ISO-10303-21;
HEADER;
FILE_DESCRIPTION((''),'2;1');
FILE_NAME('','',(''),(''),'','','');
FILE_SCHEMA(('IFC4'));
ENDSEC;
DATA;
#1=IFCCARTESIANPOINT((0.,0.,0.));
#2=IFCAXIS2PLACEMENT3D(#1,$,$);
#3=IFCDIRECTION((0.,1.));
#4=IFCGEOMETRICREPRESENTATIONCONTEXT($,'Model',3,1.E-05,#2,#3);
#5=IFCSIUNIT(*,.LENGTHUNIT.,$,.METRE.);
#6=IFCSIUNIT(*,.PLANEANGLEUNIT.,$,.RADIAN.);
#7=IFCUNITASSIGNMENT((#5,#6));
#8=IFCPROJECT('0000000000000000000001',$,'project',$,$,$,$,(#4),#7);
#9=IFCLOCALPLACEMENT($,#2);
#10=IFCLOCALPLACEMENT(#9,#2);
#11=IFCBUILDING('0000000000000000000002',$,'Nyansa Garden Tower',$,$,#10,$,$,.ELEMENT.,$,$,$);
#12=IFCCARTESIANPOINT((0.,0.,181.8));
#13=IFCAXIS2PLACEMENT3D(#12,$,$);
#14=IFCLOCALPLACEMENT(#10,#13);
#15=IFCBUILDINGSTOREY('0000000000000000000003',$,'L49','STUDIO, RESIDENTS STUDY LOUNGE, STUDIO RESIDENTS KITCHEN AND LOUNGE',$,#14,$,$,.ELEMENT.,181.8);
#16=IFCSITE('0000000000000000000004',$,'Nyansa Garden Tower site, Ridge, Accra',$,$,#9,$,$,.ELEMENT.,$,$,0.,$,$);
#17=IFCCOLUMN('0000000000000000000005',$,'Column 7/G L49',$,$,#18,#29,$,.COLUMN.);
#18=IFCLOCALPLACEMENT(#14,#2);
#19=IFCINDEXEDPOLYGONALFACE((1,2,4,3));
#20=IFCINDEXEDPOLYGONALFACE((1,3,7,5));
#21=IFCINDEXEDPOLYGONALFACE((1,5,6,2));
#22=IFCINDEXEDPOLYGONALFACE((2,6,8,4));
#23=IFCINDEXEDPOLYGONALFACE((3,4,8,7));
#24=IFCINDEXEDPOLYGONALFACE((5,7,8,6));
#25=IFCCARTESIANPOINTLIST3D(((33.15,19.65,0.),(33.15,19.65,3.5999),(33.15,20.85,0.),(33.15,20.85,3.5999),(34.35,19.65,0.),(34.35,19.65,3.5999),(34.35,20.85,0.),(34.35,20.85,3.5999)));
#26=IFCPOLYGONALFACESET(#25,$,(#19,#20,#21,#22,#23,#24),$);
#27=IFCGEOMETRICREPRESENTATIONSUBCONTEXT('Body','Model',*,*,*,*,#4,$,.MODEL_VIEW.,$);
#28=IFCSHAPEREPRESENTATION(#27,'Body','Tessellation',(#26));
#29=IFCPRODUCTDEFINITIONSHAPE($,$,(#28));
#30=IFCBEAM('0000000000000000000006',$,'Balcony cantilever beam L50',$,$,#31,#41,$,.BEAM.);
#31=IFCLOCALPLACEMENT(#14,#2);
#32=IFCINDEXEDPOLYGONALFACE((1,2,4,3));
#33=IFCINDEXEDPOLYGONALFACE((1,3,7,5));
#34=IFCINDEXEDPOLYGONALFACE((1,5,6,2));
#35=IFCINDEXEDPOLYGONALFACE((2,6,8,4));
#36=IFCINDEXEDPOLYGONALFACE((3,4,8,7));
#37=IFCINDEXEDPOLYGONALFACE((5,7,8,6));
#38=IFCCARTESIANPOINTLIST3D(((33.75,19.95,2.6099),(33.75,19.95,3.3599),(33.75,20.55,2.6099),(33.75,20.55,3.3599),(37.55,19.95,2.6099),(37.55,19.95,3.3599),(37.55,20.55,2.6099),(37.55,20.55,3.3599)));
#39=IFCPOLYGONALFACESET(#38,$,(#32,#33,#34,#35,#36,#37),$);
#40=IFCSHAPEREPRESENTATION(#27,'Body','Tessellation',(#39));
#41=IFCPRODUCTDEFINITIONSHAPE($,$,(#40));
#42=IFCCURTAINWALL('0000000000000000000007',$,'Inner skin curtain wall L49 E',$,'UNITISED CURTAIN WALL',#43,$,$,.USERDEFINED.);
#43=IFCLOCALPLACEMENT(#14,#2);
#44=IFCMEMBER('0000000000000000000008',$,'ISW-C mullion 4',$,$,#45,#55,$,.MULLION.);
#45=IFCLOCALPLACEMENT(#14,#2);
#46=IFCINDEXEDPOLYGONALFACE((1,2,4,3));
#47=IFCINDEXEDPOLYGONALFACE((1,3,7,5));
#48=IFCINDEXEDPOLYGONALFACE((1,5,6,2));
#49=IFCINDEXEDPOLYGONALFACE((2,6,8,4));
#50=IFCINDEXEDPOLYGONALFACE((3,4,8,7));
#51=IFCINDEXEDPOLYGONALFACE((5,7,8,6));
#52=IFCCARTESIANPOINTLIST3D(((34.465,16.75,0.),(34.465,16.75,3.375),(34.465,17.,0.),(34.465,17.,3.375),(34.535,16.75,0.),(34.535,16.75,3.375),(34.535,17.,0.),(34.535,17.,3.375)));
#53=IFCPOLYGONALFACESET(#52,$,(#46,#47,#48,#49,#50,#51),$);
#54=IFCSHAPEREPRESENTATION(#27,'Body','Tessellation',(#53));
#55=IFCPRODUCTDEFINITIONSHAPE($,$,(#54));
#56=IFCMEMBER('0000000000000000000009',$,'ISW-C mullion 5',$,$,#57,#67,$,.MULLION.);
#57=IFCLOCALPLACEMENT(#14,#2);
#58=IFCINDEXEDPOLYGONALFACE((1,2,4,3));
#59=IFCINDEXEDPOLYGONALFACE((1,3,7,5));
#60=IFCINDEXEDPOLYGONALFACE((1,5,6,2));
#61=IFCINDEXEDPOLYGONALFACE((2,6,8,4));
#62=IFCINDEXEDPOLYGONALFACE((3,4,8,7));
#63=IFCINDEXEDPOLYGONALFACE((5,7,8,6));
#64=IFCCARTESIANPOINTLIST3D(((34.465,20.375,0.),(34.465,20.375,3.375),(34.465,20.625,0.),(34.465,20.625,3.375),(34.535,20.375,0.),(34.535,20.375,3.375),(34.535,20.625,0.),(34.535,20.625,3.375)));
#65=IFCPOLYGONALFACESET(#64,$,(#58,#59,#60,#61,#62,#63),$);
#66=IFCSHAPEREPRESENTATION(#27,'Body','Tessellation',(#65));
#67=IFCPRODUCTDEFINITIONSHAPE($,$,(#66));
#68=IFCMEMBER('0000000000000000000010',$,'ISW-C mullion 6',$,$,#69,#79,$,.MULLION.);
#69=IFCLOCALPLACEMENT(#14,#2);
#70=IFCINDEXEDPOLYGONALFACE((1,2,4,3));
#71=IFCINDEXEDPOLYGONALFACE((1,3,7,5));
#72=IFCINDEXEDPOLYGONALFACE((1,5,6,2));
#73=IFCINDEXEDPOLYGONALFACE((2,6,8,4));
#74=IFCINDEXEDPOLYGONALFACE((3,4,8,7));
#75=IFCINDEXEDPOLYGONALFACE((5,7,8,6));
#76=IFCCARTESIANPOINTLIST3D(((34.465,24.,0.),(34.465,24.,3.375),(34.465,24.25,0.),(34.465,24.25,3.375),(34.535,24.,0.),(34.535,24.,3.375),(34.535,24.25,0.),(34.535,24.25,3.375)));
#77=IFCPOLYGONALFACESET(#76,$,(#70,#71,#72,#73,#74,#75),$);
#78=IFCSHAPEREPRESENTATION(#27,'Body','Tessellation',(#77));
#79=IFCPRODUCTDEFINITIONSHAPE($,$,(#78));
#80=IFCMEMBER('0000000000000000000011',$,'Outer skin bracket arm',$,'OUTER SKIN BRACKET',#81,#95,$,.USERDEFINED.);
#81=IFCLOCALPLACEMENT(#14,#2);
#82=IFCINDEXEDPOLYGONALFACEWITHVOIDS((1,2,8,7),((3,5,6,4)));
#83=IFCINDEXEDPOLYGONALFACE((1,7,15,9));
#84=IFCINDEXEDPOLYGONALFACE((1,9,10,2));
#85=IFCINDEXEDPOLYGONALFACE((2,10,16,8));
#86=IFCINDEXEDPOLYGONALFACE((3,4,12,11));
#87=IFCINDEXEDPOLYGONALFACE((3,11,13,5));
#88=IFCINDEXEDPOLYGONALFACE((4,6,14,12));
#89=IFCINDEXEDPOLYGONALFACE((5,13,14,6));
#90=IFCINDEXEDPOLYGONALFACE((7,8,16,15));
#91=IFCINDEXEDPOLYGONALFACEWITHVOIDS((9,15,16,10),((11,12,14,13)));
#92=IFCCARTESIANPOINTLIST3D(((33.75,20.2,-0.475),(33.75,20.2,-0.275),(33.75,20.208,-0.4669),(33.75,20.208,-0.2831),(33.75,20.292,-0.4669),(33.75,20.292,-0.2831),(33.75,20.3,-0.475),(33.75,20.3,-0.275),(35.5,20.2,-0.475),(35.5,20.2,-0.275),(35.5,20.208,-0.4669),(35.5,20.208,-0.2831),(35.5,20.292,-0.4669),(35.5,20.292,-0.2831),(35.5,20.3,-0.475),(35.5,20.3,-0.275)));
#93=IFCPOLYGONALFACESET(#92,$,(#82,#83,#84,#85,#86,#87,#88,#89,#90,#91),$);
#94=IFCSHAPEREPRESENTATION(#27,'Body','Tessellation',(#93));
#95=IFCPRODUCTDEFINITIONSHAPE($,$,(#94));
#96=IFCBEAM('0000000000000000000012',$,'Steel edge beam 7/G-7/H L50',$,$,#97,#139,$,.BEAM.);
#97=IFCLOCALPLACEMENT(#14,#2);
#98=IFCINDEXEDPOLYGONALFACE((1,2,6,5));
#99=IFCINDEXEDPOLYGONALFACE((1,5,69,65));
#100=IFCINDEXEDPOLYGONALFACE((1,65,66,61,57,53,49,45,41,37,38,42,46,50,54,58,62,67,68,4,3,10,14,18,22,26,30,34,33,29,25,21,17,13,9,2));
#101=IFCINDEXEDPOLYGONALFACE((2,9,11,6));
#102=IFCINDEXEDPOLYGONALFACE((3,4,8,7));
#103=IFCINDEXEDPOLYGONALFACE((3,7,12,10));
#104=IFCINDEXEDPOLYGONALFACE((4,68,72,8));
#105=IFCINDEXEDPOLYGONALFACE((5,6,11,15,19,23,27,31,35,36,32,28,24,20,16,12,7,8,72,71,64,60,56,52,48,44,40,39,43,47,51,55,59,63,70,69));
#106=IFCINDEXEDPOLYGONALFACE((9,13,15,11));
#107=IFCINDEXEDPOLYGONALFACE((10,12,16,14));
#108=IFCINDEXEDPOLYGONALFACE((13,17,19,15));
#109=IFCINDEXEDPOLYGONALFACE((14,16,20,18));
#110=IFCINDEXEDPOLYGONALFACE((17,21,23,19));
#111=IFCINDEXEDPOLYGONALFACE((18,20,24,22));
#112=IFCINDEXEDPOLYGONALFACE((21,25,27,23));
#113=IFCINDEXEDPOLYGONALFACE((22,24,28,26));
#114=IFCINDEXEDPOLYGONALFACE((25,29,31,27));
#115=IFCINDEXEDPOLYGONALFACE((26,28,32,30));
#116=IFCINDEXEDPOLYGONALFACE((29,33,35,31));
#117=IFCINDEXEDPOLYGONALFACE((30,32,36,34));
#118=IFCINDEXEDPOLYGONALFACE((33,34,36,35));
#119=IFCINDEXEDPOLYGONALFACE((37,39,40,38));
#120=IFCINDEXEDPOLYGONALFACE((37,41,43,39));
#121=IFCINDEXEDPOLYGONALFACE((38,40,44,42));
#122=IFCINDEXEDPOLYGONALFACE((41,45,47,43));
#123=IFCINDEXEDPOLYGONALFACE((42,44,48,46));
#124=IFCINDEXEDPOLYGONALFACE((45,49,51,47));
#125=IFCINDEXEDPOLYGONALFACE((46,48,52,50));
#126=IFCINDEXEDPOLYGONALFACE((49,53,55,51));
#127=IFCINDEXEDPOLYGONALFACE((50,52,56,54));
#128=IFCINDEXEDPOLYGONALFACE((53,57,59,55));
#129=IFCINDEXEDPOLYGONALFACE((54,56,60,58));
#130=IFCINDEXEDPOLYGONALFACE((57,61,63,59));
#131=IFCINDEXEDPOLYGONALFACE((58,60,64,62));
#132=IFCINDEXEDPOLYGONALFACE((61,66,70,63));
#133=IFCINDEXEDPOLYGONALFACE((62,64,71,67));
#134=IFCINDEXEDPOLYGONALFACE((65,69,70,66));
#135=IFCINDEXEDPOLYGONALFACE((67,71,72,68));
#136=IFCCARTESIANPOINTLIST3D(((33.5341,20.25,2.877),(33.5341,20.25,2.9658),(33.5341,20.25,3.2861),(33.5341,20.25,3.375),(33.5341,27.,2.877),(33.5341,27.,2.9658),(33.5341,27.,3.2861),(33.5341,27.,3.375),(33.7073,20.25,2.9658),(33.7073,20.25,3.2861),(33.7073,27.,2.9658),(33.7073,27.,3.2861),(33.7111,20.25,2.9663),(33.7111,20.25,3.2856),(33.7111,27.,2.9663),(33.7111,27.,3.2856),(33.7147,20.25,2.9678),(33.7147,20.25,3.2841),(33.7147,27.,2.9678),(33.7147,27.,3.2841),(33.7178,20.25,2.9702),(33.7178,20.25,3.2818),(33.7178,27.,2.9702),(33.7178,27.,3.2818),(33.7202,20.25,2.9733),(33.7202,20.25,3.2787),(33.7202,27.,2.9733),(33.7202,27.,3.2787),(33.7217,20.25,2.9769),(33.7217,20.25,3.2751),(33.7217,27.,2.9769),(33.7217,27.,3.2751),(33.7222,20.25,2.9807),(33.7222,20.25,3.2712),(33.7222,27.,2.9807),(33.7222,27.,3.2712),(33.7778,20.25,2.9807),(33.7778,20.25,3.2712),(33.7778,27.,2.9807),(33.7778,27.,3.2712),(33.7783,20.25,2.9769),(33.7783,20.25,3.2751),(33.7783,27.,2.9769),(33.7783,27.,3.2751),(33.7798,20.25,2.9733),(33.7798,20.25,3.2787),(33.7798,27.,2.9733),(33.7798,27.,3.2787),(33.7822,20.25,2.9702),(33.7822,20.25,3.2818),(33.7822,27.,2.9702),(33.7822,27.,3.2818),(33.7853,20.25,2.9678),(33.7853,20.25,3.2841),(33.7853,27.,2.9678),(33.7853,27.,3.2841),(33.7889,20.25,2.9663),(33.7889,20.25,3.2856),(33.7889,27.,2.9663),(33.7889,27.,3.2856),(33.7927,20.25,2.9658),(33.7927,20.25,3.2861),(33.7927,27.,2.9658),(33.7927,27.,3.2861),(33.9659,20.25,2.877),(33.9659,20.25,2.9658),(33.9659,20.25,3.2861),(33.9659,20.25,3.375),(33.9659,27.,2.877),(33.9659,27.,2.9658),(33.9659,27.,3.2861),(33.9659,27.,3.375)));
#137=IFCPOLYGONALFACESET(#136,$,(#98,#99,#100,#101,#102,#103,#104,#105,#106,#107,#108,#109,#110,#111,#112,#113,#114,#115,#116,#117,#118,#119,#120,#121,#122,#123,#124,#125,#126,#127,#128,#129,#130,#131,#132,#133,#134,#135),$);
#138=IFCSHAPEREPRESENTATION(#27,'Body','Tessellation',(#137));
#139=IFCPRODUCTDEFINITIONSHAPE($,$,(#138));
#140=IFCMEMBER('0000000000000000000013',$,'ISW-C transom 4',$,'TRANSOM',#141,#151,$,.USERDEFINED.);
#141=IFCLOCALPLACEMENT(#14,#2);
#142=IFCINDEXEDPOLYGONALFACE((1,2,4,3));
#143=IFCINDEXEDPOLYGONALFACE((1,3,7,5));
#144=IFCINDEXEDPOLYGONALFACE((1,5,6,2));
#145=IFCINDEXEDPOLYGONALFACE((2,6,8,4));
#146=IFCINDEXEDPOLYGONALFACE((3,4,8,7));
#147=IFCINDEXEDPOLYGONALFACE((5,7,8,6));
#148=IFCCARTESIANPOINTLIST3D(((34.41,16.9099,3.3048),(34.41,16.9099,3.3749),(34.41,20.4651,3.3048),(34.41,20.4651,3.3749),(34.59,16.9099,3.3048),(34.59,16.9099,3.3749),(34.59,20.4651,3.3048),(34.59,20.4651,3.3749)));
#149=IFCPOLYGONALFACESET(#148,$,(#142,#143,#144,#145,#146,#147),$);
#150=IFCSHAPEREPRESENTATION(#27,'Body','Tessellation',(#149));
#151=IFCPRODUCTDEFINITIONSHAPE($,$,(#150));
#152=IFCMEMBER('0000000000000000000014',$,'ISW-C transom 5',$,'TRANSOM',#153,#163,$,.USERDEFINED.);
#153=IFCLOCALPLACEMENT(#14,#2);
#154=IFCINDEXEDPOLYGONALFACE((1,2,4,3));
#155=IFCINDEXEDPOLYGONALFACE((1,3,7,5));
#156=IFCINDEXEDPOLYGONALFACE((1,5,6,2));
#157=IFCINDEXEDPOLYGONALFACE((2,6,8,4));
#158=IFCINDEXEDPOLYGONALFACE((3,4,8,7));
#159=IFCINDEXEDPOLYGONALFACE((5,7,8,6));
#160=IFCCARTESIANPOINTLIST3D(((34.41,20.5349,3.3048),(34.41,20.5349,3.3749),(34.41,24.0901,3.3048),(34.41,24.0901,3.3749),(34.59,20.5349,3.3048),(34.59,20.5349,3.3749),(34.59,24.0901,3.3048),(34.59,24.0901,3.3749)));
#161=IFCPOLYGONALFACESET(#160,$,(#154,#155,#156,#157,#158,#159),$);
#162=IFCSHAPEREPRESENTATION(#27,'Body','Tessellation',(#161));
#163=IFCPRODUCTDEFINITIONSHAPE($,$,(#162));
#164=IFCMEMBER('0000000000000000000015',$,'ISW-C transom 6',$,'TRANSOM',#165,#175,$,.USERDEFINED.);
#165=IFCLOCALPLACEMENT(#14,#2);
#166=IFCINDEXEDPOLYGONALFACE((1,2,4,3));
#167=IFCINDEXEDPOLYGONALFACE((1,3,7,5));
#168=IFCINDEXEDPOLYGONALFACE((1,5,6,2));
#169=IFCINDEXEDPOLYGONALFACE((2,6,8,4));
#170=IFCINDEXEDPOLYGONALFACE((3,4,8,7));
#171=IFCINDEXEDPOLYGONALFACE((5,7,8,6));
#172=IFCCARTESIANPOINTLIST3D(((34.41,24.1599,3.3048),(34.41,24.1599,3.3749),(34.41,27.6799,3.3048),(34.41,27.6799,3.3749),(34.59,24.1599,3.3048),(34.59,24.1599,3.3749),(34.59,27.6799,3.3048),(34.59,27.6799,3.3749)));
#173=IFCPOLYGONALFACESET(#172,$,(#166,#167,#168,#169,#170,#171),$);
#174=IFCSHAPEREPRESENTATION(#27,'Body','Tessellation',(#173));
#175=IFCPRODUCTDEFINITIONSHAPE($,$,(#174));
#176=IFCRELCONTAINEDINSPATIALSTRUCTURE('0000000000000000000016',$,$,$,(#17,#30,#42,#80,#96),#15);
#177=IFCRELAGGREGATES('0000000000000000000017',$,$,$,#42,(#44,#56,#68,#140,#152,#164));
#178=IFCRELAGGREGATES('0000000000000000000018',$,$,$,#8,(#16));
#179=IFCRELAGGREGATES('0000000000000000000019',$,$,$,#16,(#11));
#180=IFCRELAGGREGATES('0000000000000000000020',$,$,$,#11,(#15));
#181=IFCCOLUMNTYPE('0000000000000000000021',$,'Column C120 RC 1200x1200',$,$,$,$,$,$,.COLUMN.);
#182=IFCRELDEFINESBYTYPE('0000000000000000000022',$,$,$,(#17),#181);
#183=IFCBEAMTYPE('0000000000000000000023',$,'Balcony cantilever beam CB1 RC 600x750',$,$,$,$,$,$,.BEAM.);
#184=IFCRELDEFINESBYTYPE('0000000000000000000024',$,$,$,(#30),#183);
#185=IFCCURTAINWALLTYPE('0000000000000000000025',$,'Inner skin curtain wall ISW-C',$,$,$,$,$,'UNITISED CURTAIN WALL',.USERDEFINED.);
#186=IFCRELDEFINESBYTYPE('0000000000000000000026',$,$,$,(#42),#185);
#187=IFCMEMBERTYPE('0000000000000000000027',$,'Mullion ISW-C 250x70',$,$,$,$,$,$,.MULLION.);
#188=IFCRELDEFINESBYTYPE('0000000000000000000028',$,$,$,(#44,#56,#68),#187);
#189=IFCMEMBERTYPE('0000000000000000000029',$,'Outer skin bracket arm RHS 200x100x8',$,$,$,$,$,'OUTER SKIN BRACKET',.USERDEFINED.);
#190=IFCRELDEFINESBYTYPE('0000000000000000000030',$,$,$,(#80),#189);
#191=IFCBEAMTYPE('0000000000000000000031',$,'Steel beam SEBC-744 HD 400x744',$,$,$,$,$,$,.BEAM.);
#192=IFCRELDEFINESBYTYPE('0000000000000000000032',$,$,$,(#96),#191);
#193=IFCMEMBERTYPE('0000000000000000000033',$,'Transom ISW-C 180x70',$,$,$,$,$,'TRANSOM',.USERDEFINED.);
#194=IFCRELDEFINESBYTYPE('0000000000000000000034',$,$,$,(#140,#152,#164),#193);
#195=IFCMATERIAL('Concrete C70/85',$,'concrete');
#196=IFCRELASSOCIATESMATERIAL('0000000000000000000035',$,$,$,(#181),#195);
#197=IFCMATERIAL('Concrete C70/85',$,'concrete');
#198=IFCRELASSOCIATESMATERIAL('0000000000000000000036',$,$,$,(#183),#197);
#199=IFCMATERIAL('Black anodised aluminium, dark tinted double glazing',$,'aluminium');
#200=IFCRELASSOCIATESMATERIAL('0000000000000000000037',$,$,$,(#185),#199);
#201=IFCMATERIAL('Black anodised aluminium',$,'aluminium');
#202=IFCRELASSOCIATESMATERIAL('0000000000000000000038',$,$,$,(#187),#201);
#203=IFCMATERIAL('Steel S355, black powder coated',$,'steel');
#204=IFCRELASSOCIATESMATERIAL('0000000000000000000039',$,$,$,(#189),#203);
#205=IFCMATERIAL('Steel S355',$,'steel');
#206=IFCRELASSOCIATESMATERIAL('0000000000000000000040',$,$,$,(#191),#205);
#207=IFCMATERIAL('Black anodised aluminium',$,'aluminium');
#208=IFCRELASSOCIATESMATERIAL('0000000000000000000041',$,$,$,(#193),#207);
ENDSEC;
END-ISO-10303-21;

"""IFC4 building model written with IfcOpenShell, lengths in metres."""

from ifc_helpers import new_model, si_unit, direction, frame, origin, origin_2d, place, context, subcontext, project, spatial, rectangle, hollow_rectangle, i_section, extrude, material, material_profile, profile_set, type_object, element, aggregate, save


model = new_model("IFC4")

# Units and contexts
model_context = context("Model", 3, precision=1e-05, world=origin(), true_north=direction((0.0, 1.0)))
body_context = subcontext(model_context, "Body", "Model", "MODEL_VIEW")
ifc_project = project(units=[si_unit("LENGTHUNIT", "METRE"), si_unit("PLANEANGLEUNIT", "RADIAN")], contexts=[model_context])

# Site, building, storey
site_placement = place(None, origin())
site = spatial("IfcSite", under=ifc_project, at=site_placement, Name="Nyansa Garden Tower site, Ridge, Accra", CompositionType="ELEMENT", RefElevation=0.0)
building_placement = place(site_placement, origin())
building = spatial("IfcBuilding", under=site, at=building_placement, Name="Nyansa Garden Tower", CompositionType="ELEMENT")
storey_placement = place(building_placement, frame((0.0, 0.0, 181.8)))
storey = spatial("IfcBuildingStorey", under=building, at=storey_placement, Name="L49", Description="STUDIO, RESIDENTS STUDY LOUNGE, STUDIO RESIDENTS KITCHEN AND LOUNGE", CompositionType="ELEMENT", Elevation=181.8)

# Column
ifc_material_1 = material(Name="Concrete C70/85", Category="concrete")
ifc_material_profile_1 = material_profile(ifc_material_1, rectangle(XDim=1.2, YDim=1.2, at=origin_2d()), Name="RC 1200x1200")
ifc_profile_set_1 = profile_set([ifc_material_profile_1], Name="Concrete C70/85")
column_type = type_object("IfcColumnType", Name="Column C120 RC 1200x1200", PredefinedType="COLUMN", material=ifc_profile_set_1)
column_placement = place(storey_placement, frame((33.75, 20.25, 0.0), z_axis=(0.0, 0.0, 1.0), x_axis=(1.0, 0.0, 0.0)))
element("IfcColumn", 1, at=column_placement, inside=storey, type_object=column_type, Name="Column 7/G L49", PredefinedType="COLUMN", context=body_context, shape_type="SweptSolid", body=[
    extrude(rectangle(XDim=1.2, YDim=1.2, at=origin_2d()), origin(), (0.0, 0.0, 1.0), 3.5999),
])

# Beam
ifc_material_2 = material(Name="Concrete C70/85", Category="concrete")
ifc_material_profile_2 = material_profile(ifc_material_2, rectangle(XDim=0.6001, YDim=0.75, at=origin_2d()), Name="RC 600x750")
ifc_profile_set_2 = profile_set([ifc_material_profile_2], Name="Concrete C70/85")
beam_type_1 = type_object("IfcBeamType", Name="Balcony cantilever beam CB1 RC 600x750", PredefinedType="BEAM", material=ifc_profile_set_2)
beam_1_placement = place(storey_placement, frame((33.75, 20.25, 2.9849), z_axis=(1.0, 0.0, 0.0), x_axis=(0.0, 1.0, 0.0)))
element("IfcBeam", 2, at=beam_1_placement, inside=storey, type_object=beam_type_1, Name="Balcony cantilever beam L50", PredefinedType="BEAM", context=body_context, shape_type="SweptSolid", body=[
    extrude(rectangle(XDim=0.6001, YDim=0.75, at=origin_2d()), origin(), (0.0, 0.0, 1.0), 3.8),
])

# Curtain wall, members
ifc_material_3 = material(Name="Black anodised aluminium, dark tinted double glazing", Category="aluminium")
curtain_wall_type = type_object("IfcCurtainWallType", Name="Inner skin curtain wall ISW-C", ElementType="UNITISED CURTAIN WALL", PredefinedType="USERDEFINED", material=ifc_material_3)
curtain_wall_placement = place(storey_placement, origin())
curtain_wall = element("IfcCurtainWall", 3, at=curtain_wall_placement, inside=storey, type_object=curtain_wall_type, Name="Inner skin curtain wall L49 E", ObjectType="UNITISED CURTAIN WALL", PredefinedType="USERDEFINED")
ifc_material_4 = material(Name="Black anodised aluminium", Category="aluminium")
ifc_material_profile_3 = material_profile(ifc_material_4, rectangle(XDim=0.0701, YDim=0.25, at=origin_2d()), Name="Mullion 250x70")
ifc_profile_set_3 = profile_set([ifc_material_profile_3], Name="Black anodised aluminium")
member_type_1 = type_object("IfcMemberType", Name="Mullion ISW-C 250x70", PredefinedType="MULLION", material=ifc_profile_set_3)
member_1_placement = place(storey_placement, frame((34.5, 16.875, 0.0), z_axis=(0.0, 0.0, 1.0), x_axis=(-1.0, 0.0, 0.0)))
member_1 = element("IfcMember", 4, at=member_1_placement, type_object=member_type_1, Name="ISW-C mullion 4", PredefinedType="MULLION", context=body_context, shape_type="SweptSolid", body=[
    extrude(rectangle(XDim=0.0701, YDim=0.25, at=origin_2d()), origin(), (0.0, 0.0, 1.0), 3.375),
])
member_2_placement = place(storey_placement, frame((34.5, 20.5, 0.0), z_axis=(0.0, 0.0, 1.0), x_axis=(-1.0, 0.0, 0.0)))
member_2 = element("IfcMember", 5, at=member_2_placement, type_object=member_type_1, Name="ISW-C mullion 5", PredefinedType="MULLION", context=body_context, shape_type="SweptSolid", body=[
    extrude(rectangle(XDim=0.0701, YDim=0.25, at=origin_2d()), origin(), (0.0, 0.0, 1.0), 3.375),
])
member_3_placement = place(storey_placement, frame((34.5, 24.125, 0.0), z_axis=(0.0, 0.0, 1.0), x_axis=(-1.0, 0.0, 0.0)))
member_3 = element("IfcMember", 6, at=member_3_placement, type_object=member_type_1, Name="ISW-C mullion 6", PredefinedType="MULLION", context=body_context, shape_type="SweptSolid", body=[
    extrude(rectangle(XDim=0.0701, YDim=0.25, at=origin_2d()), origin(), (0.0, 0.0, 1.0), 3.375),
])

# Member
ifc_material_5 = material(Name="Steel S355, black powder coated", Category="steel")
ifc_material_profile_4 = material_profile(ifc_material_5, hollow_rectangle(XDim=0.1001, YDim=0.2, WallThickness=0.0081, at=origin_2d()), Name="RHS 200x100x8")
ifc_profile_set_4 = profile_set([ifc_material_profile_4], Name="Steel S355, black powder coated")
member_type_2 = type_object("IfcMemberType", Name="Outer skin bracket arm RHS 200x100x8", ElementType="OUTER SKIN BRACKET", PredefinedType="USERDEFINED", material=ifc_profile_set_4)
member_4_placement = place(storey_placement, frame((33.75, 20.25, -0.375), z_axis=(1.0, 0.0, 0.0), x_axis=(0.0, 1.0, 0.0)))
element("IfcMember", 7, at=member_4_placement, inside=storey, type_object=member_type_2, Name="Outer skin bracket arm", ObjectType="OUTER SKIN BRACKET", PredefinedType="USERDEFINED", context=body_context, shape_type="SweptSolid", body=[
    extrude(hollow_rectangle(XDim=0.1001, YDim=0.2, WallThickness=0.0081, at=origin_2d()), origin(), (0.0, 0.0, 1.0), 1.75),
])

# Beam
ifc_material_6 = material(Name="Steel S355", Category="steel")
ifc_material_profile_5 = material_profile(ifc_material_6, i_section(OverallWidth=0.4319, OverallDepth=0.498, WebThickness=0.0557, FlangeThickness=0.0889, FilletRadius=0.0149, at=origin_2d()), Name="HD 400x744")
ifc_profile_set_5 = profile_set([ifc_material_profile_5], Name="Steel S355")
beam_type_2 = type_object("IfcBeamType", Name="Steel beam SEBC-744 HD 400x744", PredefinedType="BEAM", material=ifc_profile_set_5)
beam_2_placement = place(storey_placement, frame((33.75, 20.25, 3.126), z_axis=(0.0, 1.0, 0.0), x_axis=(-1.0, 0.0, 0.0)))
element("IfcBeam", 8, at=beam_2_placement, inside=storey, type_object=beam_type_2, Name="Steel edge beam 7/G-7/H L50", PredefinedType="BEAM", context=body_context, shape_type="SweptSolid", body=[
    extrude(i_section(OverallWidth=0.4319, OverallDepth=0.498, WebThickness=0.0557, FlangeThickness=0.0889, FilletRadius=0.0149, at=origin_2d()), origin(), (0.0, 0.0, 1.0), 6.75),
])

# Members
ifc_material_7 = material(Name="Black anodised aluminium", Category="aluminium")
ifc_material_profile_6 = material_profile(ifc_material_7, rectangle(XDim=0.1799, YDim=0.0701, at=origin_2d()), Name="Transom 180x70")
ifc_profile_set_6 = profile_set([ifc_material_profile_6], Name="Black anodised aluminium")
member_type_3 = type_object("IfcMemberType", Name="Transom ISW-C 180x70", ElementType="TRANSOM", PredefinedType="USERDEFINED", material=ifc_profile_set_6)
member_5_placement = place(storey_placement, frame((34.5, 16.9099, 3.3398), z_axis=(0.0, 1.0, 0.0), x_axis=(-1.0, 0.0, 0.0)))
member_5 = element("IfcMember", 9, at=member_5_placement, type_object=member_type_3, Name="ISW-C transom 4", ObjectType="TRANSOM", PredefinedType="USERDEFINED", context=body_context, shape_type="SweptSolid", body=[
    extrude(rectangle(XDim=0.1799, YDim=0.0701, at=origin_2d()), origin(), (0.0, 0.0, 1.0), 3.5552),
])
member_6_placement = place(storey_placement, frame((34.5, 20.5349, 3.3398), z_axis=(0.0, 1.0, 0.0), x_axis=(-1.0, 0.0, 0.0)))
member_6 = element("IfcMember", 10, at=member_6_placement, type_object=member_type_3, Name="ISW-C transom 5", ObjectType="TRANSOM", PredefinedType="USERDEFINED", context=body_context, shape_type="SweptSolid", body=[
    extrude(rectangle(XDim=0.1799, YDim=0.0701, at=origin_2d()), origin(), (0.0, 0.0, 1.0), 3.5552),
])
member_7_placement = place(storey_placement, frame((34.5, 24.1599, 3.3398), z_axis=(0.0, 1.0, 0.0), x_axis=(-1.0, 0.0, 0.0)))
member_7 = element("IfcMember", 11, at=member_7_placement, type_object=member_type_3, Name="ISW-C transom 6", ObjectType="TRANSOM", PredefinedType="USERDEFINED", context=body_context, shape_type="SweptSolid", body=[
    extrude(rectangle(XDim=0.1799, YDim=0.0701, at=origin_2d()), origin(), (0.0, 0.0, 1.0), 3.52),
])

aggregate(curtain_wall, [member_1, member_2, member_3, member_5, member_6, member_7])

save(model, "model.ifc")
